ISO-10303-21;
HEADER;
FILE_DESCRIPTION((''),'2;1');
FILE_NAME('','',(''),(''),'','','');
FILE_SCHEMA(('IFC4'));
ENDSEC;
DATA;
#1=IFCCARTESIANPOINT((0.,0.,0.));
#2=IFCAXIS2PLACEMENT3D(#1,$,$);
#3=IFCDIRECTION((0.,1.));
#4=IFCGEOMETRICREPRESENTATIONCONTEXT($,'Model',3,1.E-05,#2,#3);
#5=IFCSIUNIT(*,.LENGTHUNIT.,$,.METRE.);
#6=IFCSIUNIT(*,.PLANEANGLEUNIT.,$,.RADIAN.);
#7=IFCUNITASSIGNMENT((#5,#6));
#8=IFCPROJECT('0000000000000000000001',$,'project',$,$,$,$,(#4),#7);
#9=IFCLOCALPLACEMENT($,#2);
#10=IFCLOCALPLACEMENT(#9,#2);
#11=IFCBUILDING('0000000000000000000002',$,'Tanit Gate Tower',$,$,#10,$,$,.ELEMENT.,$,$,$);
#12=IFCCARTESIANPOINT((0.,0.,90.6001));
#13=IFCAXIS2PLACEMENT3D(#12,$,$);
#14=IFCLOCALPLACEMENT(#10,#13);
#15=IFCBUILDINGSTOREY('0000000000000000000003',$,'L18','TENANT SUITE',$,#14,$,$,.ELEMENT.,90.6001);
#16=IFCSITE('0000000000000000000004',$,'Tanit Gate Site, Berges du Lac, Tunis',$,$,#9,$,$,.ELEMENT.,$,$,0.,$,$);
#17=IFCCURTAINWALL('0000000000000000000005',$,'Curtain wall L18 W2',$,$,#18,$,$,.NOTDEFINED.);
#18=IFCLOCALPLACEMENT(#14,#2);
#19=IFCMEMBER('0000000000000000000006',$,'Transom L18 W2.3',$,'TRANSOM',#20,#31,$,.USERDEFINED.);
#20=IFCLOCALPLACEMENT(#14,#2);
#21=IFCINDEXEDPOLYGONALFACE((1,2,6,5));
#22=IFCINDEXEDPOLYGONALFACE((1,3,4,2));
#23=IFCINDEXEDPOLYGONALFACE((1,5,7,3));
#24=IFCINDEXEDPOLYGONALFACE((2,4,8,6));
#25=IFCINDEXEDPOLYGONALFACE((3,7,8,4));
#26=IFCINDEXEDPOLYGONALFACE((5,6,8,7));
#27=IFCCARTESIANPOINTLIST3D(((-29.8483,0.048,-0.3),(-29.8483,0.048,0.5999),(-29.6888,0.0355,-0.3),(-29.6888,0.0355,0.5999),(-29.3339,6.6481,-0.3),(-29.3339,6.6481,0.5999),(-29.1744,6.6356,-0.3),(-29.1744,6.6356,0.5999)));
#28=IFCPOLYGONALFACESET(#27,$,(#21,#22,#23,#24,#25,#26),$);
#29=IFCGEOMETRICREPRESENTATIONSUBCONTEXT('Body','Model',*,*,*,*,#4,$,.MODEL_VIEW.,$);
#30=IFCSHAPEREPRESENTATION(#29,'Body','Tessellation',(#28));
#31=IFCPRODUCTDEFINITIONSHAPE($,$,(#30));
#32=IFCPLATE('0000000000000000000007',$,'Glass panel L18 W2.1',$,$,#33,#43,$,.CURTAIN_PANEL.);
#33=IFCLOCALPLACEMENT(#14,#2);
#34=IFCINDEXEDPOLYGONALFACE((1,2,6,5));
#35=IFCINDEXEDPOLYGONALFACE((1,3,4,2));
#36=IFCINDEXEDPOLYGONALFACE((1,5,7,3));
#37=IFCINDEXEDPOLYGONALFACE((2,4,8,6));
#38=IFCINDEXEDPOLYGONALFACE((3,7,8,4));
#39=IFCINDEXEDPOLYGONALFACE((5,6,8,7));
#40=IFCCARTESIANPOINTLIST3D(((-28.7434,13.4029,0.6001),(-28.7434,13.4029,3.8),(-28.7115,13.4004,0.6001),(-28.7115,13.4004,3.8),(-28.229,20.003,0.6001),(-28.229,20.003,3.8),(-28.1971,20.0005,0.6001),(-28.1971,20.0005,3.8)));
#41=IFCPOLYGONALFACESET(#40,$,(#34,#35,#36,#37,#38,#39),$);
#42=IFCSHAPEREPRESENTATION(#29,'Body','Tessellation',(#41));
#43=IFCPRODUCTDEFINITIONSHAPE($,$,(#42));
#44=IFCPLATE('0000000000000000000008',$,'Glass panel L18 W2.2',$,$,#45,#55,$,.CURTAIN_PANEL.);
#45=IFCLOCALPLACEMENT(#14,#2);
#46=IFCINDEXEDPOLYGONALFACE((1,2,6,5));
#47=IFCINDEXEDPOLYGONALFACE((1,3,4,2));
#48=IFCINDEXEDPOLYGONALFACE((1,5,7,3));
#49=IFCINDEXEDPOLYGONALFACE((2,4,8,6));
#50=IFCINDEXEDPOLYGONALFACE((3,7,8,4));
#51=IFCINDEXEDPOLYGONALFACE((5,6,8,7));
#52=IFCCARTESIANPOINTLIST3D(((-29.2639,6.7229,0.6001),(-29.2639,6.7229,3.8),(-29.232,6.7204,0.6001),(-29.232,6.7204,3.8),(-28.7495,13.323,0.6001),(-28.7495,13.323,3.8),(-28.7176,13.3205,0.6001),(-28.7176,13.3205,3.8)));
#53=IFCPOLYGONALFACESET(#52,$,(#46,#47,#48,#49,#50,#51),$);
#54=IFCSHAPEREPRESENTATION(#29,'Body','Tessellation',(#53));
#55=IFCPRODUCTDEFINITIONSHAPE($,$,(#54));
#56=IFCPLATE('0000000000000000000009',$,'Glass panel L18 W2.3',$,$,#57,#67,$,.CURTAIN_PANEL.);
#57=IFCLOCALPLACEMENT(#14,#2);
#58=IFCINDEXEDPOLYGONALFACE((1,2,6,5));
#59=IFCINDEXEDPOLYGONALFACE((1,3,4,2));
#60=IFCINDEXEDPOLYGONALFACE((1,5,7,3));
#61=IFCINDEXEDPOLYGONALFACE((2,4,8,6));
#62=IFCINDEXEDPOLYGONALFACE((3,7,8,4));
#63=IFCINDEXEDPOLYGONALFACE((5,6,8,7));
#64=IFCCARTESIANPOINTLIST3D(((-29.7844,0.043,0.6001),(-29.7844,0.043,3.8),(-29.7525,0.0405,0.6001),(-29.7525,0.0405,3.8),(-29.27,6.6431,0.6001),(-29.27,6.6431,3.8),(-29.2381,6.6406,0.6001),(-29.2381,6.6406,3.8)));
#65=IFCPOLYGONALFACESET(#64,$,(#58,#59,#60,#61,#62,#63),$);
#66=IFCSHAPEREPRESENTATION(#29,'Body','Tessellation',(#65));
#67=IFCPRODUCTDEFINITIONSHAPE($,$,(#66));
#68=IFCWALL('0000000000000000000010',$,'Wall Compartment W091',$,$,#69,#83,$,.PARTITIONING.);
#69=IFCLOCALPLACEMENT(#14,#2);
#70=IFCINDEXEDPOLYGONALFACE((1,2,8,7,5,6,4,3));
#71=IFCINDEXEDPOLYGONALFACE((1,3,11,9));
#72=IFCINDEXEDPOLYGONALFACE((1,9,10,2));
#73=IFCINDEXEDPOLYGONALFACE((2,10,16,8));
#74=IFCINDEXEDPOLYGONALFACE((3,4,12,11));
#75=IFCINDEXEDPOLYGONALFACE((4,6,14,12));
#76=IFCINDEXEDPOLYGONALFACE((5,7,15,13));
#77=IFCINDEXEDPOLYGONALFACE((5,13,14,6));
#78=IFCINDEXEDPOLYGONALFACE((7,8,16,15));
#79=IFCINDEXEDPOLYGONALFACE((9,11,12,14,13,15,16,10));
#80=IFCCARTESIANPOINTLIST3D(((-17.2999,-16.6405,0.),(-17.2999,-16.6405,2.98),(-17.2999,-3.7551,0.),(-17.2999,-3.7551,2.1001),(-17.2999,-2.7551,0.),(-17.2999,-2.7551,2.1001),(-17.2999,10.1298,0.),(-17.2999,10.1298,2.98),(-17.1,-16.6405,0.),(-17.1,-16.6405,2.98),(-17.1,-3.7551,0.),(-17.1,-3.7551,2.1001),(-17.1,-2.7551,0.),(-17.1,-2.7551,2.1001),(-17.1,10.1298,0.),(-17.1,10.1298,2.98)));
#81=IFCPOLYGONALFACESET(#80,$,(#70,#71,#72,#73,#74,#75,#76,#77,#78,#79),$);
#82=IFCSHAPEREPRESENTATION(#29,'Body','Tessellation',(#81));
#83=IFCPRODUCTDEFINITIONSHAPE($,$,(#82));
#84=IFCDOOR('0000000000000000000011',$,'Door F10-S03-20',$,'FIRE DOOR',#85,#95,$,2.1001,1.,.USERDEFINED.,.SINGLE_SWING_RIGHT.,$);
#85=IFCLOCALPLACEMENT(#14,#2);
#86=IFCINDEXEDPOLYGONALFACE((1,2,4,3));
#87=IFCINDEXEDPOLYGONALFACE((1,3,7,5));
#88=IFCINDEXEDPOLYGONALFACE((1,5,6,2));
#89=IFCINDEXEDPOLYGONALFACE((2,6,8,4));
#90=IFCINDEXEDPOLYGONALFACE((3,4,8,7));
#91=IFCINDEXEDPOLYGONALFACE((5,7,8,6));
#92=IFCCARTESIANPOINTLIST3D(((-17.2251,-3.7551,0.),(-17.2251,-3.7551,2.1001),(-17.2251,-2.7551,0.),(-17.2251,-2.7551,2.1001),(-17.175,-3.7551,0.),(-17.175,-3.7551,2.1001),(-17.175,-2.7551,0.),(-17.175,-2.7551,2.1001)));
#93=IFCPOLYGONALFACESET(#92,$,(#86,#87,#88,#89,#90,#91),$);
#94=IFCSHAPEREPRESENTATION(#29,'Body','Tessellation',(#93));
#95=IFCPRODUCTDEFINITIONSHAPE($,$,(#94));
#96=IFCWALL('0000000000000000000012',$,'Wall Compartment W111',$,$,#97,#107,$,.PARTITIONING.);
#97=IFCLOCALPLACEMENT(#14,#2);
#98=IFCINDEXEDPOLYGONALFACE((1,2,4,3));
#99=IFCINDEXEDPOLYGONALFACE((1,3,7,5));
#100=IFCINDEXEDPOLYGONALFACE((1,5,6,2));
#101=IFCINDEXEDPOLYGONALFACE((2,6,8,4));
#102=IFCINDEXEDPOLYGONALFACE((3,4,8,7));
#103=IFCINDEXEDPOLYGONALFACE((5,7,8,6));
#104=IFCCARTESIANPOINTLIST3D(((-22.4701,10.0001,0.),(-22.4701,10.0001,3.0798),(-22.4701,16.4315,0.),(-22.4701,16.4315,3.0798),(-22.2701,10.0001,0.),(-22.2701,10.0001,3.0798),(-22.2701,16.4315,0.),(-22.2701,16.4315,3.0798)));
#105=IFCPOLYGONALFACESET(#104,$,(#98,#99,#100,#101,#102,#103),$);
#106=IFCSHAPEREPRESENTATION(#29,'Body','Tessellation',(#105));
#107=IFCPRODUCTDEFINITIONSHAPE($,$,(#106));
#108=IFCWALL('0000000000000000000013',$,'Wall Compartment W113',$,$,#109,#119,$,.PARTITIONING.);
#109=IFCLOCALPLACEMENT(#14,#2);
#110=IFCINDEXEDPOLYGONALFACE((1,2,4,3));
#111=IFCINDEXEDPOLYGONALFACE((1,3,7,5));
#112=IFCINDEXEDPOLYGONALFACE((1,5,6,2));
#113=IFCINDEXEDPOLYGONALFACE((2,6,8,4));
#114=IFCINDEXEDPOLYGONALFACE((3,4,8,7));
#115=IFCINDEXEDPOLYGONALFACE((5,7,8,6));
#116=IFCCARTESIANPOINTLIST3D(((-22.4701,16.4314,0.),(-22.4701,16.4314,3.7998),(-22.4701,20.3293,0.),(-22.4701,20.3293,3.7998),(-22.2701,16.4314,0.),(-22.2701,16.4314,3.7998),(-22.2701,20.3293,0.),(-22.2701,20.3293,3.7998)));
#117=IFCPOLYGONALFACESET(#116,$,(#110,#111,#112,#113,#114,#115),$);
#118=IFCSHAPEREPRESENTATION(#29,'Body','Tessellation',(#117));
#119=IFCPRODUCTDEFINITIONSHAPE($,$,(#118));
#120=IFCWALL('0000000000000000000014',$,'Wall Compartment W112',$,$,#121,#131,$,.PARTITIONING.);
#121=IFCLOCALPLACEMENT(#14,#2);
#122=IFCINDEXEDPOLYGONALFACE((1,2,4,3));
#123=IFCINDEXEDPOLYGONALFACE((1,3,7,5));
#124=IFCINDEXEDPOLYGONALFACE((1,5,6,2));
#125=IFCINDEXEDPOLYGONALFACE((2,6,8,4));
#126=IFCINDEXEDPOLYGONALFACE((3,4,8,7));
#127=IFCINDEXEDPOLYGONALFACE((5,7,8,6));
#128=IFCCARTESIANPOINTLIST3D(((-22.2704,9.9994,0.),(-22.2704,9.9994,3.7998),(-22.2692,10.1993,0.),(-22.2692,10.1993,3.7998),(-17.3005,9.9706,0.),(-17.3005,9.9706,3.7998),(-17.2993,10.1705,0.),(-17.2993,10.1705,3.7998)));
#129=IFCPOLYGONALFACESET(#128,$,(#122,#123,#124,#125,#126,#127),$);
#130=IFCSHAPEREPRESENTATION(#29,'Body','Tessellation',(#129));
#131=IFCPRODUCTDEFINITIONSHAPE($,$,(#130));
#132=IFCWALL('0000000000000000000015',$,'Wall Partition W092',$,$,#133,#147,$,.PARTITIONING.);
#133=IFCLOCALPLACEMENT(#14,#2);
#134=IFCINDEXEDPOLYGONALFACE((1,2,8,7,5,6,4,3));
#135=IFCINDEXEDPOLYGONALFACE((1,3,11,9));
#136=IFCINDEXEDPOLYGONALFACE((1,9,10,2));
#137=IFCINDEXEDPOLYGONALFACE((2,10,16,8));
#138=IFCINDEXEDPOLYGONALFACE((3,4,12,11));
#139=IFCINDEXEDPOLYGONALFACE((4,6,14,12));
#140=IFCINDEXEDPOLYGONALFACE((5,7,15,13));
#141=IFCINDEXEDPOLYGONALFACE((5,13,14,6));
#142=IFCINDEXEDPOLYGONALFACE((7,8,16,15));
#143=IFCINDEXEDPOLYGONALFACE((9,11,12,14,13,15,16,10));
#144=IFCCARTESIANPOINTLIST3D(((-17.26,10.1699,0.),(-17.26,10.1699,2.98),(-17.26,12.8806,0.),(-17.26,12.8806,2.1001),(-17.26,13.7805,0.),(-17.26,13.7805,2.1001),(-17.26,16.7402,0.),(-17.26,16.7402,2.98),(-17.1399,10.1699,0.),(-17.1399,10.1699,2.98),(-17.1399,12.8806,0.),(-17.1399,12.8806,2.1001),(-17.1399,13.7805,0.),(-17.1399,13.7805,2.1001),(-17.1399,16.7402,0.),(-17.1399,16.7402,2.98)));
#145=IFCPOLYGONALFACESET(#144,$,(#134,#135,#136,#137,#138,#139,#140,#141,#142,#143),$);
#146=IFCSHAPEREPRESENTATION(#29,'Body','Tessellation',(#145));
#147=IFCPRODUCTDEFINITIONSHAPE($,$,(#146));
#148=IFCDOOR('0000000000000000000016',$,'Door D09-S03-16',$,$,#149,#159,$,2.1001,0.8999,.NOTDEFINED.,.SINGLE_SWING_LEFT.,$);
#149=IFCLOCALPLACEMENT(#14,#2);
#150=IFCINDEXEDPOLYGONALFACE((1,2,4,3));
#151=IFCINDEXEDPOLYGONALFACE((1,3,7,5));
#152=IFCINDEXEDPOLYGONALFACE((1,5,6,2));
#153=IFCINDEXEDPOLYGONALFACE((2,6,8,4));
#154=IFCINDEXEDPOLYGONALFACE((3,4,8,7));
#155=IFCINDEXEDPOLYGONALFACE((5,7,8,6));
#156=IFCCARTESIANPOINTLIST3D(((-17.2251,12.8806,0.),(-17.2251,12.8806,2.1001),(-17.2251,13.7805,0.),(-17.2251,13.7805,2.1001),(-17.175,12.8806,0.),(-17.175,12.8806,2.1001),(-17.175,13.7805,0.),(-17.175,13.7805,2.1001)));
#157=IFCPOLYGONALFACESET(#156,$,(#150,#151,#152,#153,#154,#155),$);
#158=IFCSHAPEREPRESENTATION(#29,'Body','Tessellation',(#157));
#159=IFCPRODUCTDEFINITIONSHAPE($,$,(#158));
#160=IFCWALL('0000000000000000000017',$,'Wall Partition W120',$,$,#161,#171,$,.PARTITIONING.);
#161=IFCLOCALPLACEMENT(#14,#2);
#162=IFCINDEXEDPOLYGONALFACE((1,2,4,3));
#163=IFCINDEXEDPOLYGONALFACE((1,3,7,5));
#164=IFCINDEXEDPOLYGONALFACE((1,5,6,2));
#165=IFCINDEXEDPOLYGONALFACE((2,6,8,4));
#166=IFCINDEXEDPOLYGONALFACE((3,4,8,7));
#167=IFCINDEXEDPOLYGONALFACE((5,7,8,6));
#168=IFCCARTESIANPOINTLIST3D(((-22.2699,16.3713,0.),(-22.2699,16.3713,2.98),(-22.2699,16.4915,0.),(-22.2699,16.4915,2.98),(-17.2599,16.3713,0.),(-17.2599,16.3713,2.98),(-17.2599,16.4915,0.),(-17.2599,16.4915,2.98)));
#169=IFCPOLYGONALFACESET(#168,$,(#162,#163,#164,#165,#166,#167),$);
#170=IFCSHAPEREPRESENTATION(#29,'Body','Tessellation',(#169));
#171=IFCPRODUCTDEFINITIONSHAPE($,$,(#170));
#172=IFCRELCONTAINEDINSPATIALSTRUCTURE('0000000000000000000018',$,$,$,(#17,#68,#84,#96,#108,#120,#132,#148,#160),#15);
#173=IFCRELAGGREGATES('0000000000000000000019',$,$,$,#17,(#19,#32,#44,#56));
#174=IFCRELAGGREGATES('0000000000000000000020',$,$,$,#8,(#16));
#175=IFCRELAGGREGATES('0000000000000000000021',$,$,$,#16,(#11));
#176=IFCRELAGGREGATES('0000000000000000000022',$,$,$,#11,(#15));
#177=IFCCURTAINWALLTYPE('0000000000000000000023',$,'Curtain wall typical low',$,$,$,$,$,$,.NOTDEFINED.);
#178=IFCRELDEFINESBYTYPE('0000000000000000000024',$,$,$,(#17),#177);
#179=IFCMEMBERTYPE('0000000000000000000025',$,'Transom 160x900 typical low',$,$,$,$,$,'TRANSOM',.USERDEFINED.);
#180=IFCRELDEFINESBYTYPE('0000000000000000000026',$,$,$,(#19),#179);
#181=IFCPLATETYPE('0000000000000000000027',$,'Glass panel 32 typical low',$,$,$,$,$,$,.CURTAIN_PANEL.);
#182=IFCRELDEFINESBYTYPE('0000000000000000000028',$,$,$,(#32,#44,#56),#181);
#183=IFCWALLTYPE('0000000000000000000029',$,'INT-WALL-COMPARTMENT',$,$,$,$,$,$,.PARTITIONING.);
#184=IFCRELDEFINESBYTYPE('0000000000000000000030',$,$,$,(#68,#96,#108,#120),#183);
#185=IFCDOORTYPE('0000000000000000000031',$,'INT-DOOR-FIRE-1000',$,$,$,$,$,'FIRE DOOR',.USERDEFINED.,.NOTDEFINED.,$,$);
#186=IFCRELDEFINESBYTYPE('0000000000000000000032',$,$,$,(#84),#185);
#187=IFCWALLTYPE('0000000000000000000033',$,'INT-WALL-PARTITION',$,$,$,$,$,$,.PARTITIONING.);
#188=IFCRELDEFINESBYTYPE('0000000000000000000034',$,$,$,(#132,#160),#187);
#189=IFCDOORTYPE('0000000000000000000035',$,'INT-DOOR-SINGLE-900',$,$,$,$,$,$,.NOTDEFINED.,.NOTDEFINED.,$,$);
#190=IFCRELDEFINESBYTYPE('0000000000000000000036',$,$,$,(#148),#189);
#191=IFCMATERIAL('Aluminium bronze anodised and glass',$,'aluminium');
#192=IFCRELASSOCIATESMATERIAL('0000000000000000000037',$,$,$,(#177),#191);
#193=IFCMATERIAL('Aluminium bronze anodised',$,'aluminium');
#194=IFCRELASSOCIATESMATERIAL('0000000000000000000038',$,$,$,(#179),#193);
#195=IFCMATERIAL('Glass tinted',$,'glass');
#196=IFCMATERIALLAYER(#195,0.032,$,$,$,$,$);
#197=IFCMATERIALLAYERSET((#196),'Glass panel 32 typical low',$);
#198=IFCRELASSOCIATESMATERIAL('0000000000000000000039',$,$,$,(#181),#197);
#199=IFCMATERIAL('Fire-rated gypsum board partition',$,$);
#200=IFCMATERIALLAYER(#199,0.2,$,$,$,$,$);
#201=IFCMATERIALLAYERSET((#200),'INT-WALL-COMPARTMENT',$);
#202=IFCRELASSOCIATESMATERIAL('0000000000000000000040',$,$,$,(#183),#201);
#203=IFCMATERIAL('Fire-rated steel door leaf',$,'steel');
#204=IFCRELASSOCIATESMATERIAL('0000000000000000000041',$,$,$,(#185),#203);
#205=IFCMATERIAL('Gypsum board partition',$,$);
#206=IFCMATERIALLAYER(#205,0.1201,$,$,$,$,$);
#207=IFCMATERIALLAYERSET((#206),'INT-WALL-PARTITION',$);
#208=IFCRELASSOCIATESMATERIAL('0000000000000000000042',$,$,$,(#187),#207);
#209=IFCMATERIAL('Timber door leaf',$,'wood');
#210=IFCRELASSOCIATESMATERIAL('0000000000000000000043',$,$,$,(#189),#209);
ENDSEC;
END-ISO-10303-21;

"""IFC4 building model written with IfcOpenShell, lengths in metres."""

from ifc_helpers import new_model, si_unit, direction, frame, frame_2d, origin, origin_2d, place, context, subcontext, project, spatial, rectangle, extrude, material, layer, layer_set, material_profile, profile_set, type_object, element, fill, aggregate, save


model = new_model("IFC4")

# Units and contexts
model_context = context("Model", 3, precision=1e-05, world=origin(), true_north=direction((0.0, 1.0)))
body_context = subcontext(model_context, "Body", "Model", "MODEL_VIEW")
ifc_project = project(units=[si_unit("LENGTHUNIT", "METRE"), si_unit("PLANEANGLEUNIT", "RADIAN")], contexts=[model_context])

# Site, building, storey
site_placement = place(None, origin())
site = spatial("IfcSite", under=ifc_project, at=site_placement, Name="Tanit Gate Site, Berges du Lac, Tunis", CompositionType="ELEMENT", RefElevation=0.0)
building_placement = place(site_placement, origin())
building = spatial("IfcBuilding", under=site, at=building_placement, Name="Tanit Gate Tower", CompositionType="ELEMENT")
storey_placement = place(building_placement, frame((0.0, 0.0, 90.6001)))
storey = spatial("IfcBuildingStorey", under=building, at=storey_placement, Name="L18", Description="TENANT SUITE", CompositionType="ELEMENT", Elevation=90.6001)

# Curtain wall
ifc_material_1 = material(Name="Aluminium bronze anodised and glass", Category="aluminium")
curtain_wall_type = type_object("IfcCurtainWallType", Name="Curtain wall typical low", PredefinedType="NOTDEFINED", material=ifc_material_1)
curtain_wall_placement = place(storey_placement, origin())
curtain_wall = element("IfcCurtainWall", 1, at=curtain_wall_placement, inside=storey, type_object=curtain_wall_type, Name="Curtain wall L18 W2", PredefinedType="NOTDEFINED")

# Member
ifc_material_2 = material(Name="Aluminium bronze anodised", Category="aluminium")
ifc_material_profile_1 = material_profile(ifc_material_2, rectangle(XDim=0.1599, YDim=0.8999, at=origin_2d()), Name="160x900 bronze transom")
ifc_profile_set_1 = profile_set([ifc_material_profile_1], Name="Aluminium bronze anodised")
member_type_1 = type_object("IfcMemberType", Name="Transom 160x900 typical low", ElementType="TRANSOM", PredefinedType="USERDEFINED", material=ifc_profile_set_1)
member_1_placement = place(storey_placement, frame((-29.2542, 6.6418, 0.1499), z_axis=(-0.077703, -0.996977, 0.0), x_axis=(0.996977, -0.077703, 0.0)))
member_1 = element("IfcMember", 2, at=member_1_placement, type_object=member_type_1, Name="Transom L18 W2.3", ObjectType="TRANSOM", PredefinedType="USERDEFINED", context=body_context, shape_type="SweptSolid", body=[
    extrude(rectangle(XDim=0.1599, YDim=0.8999, at=origin_2d()), origin(), (0.0, 0.0, 1.0), 6.6201),
])

# Plates
ifc_material_3 = material(Name="Glass tinted", Category="glass")
ifc_layer_1 = layer(ifc_material_3, 0.032)
ifc_layer_set_1 = layer_set([ifc_layer_1], Name="Glass panel 32 typical low")
plate_type = type_object("IfcPlateType", Name="Glass panel 32 typical low", PredefinedType="CURTAIN_PANEL", material=ifc_layer_set_1)
plate_1_placement = place(storey_placement, frame((-28.4702, 16.7017, 0.6001), z_axis=(0.0, 0.0, 1.0), x_axis=(-0.077701, -0.996977, 0.0)))
plate_1 = element("IfcPlate", 3, at=plate_1_placement, type_object=plate_type, Name="Glass panel L18 W2.1", PredefinedType="CURTAIN_PANEL", context=body_context, shape_type="SweptSolid", body=[
    extrude(rectangle(XDim=6.6201, YDim=0.032, at=origin_2d()), origin(), (0.0, 0.0, 1.0), 3.2),
])
plate_2_placement = place(storey_placement, frame((-28.9907, 10.0217, 0.6001), z_axis=(0.0, 0.0, 1.0), x_axis=(-0.077701, -0.996977, 0.0)))
plate_2 = element("IfcPlate", 4, at=plate_2_placement, type_object=plate_type, Name="Glass panel L18 W2.2", PredefinedType="CURTAIN_PANEL", context=body_context, shape_type="SweptSolid", body=[
    extrude(rectangle(XDim=6.6201, YDim=0.032, at=origin_2d()), origin(), (0.0, 0.0, 1.0), 3.2),
])
plate_3_placement = place(storey_placement, frame((-29.5112, 3.3418, 0.6001), z_axis=(0.0, 0.0, 1.0), x_axis=(-0.077701, -0.996977, 0.0)))
plate_3 = element("IfcPlate", 5, at=plate_3_placement, type_object=plate_type, Name="Glass panel L18 W2.3", PredefinedType="CURTAIN_PANEL", context=body_context, shape_type="SweptSolid", body=[
    extrude(rectangle(XDim=6.6201, YDim=0.032, at=origin_2d()), origin(), (0.0, 0.0, 1.0), 3.2),
])
aggregate(curtain_wall, [member_1, plate_1, plate_2, plate_3])

# Wall, opening, door
ifc_material_4 = material(Name="Fire-rated gypsum board partition")
ifc_layer_2 = layer(ifc_material_4, 0.2)
ifc_layer_set_2 = layer_set([ifc_layer_2], Name="INT-WALL-COMPARTMENT")
wall_type_1 = type_object("IfcWallType", Name="INT-WALL-COMPARTMENT", PredefinedType="PARTITIONING", material=ifc_layer_set_2)
wall_1_placement = place(storey_placement, frame((-17.2, 10.1299, 0.0), z_axis=(0.0, 0.0, 1.0), x_axis=(0.0, -1.0, 0.0)))
wall_1 = element("IfcWall", 6, at=wall_1_placement, inside=storey, type_object=wall_type_1, Name="Wall Compartment W091", PredefinedType="PARTITIONING", context=body_context, shape_type="SweptSolid", body=[
    extrude(rectangle(XDim=26.7703, YDim=0.2, at=frame_2d((13.3853, 0.0))), origin(), (0.0, 0.0, 1.0), 2.98),
])
opening_1_placement = place(wall_1_placement, frame((12.885, 0.0, 0.0)))
opening_1 = element("IfcOpeningElement", 7, at=opening_1_placement, cuts=wall_1, PredefinedType="OPENING", context=body_context, shape_type="SweptSolid", body=[
    extrude(rectangle(XDim=1.0, YDim=2.1001, at=frame_2d((0.5, 1.05))), frame((0.0, 0.1099, 0.0), z_axis=(0.0, -1.0, 0.0), x_axis=(1.0, 0.0, 0.0)), (0.0, 0.0, 1.0), 0.22),
])
ifc_material_5 = material(Name="Fire-rated steel door leaf", Category="steel")
door_type_1 = type_object("IfcDoorType", Name="INT-DOOR-FIRE-1000", ElementType="FIRE DOOR", OperationType="NOTDEFINED", PredefinedType="USERDEFINED", material=ifc_material_5)
door_1_placement = place(opening_1_placement, origin())
door_1 = element("IfcDoor", 8, at=door_1_placement, inside=storey, type_object=door_type_1, Name="Door F10-S03-20", ObjectType="FIRE DOOR", OperationType="SINGLE_SWING_RIGHT", OverallHeight=2.1001, OverallWidth=1.0, PredefinedType="USERDEFINED", context=body_context, shape_type="SweptSolid", body=[
    extrude(rectangle(XDim=1.0, YDim=2.1001, at=frame_2d((0.5, 1.05))), frame((0.0, 0.0249, 0.0), z_axis=(0.0, -1.0, 0.0), x_axis=(1.0, 0.0, 0.0)), (0.0, 0.0, 1.0), 0.05),
])
fill(opening_1, door_1)

# Walls
wall_2_placement = place(storey_placement, frame((-22.3701, 10.0, 0.0), z_axis=(0.0, 0.0, 1.0), x_axis=(0.0, 1.0, 0.0)))
element("IfcWall", 9, at=wall_2_placement, inside=storey, type_object=wall_type_1, Name="Wall Compartment W111", PredefinedType="PARTITIONING", context=body_context, shape_type="SweptSolid", body=[
    extrude(rectangle(XDim=6.4314, YDim=0.2, at=frame_2d((3.2158, 0.0))), origin(), (0.0, 0.0, 1.0), 3.0798),
])
wall_3_placement = place(storey_placement, frame((-22.3701, 16.4314, 0.0), z_axis=(0.0, 0.0, 1.0), x_axis=(0.0, 1.0, 0.0)))
element("IfcWall", 10, at=wall_3_placement, inside=storey, type_object=wall_type_1, Name="Wall Compartment W113", PredefinedType="PARTITIONING", context=body_context, shape_type="SweptSolid", body=[
    extrude(rectangle(XDim=3.8979, YDim=0.2, at=frame_2d((1.949, 0.0))), origin(), (0.0, 0.0, 1.0), 3.7998),
])
wall_4_placement = place(storey_placement, frame((-17.3, 10.0706, 0.0), z_axis=(0.0, 0.0, 1.0), x_axis=(-0.999983, 0.005796, 0.0)))
element("IfcWall", 11, at=wall_4_placement, inside=storey, type_object=wall_type_1, Name="Wall Compartment W112", PredefinedType="PARTITIONING", context=body_context, shape_type="SweptSolid", body=[
    extrude(rectangle(XDim=4.97, YDim=0.2, at=frame_2d((2.4849, 0.0))), origin(), (0.0, 0.0, 1.0), 3.7998),
])

# Wall, opening, door
ifc_material_6 = material(Name="Gypsum board partition")
ifc_layer_3 = layer(ifc_material_6, 0.1201)
ifc_layer_set_3 = layer_set([ifc_layer_3], Name="INT-WALL-PARTITION")
wall_type_2 = type_object("IfcWallType", Name="INT-WALL-PARTITION", PredefinedType="PARTITIONING", material=ifc_layer_set_3)
wall_5_placement = place(storey_placement, frame((-17.2, 16.7402, 0.0), z_axis=(0.0, 0.0, 1.0), x_axis=(0.0, -1.0, 0.0)))
wall_5 = element("IfcWall", 12, at=wall_5_placement, inside=storey, type_object=wall_type_2, Name="Wall Partition W092", PredefinedType="PARTITIONING", context=body_context, shape_type="SweptSolid", body=[
    extrude(rectangle(XDim=6.5703, YDim=0.1201, at=frame_2d((3.2852, 0.0))), origin(), (0.0, 0.0, 1.0), 2.98),
])
opening_2_placement = place(wall_5_placement, frame((2.9597, 0.0, 0.0)))
opening_2 = element("IfcOpeningElement", 13, at=opening_2_placement, cuts=wall_5, PredefinedType="OPENING", context=body_context, shape_type="SweptSolid", body=[
    extrude(rectangle(XDim=0.8999, YDim=2.1001, at=frame_2d((0.45, 1.05))), frame((0.0, 0.0701, 0.0), z_axis=(0.0, -1.0, 0.0), x_axis=(1.0, 0.0, 0.0)), (0.0, 0.0, 1.0), 0.1401),
])
ifc_material_7 = material(Name="Timber door leaf", Category="wood")
door_type_2 = type_object("IfcDoorType", Name="INT-DOOR-SINGLE-900", OperationType="NOTDEFINED", PredefinedType="NOTDEFINED", material=ifc_material_7)
door_2_placement = place(opening_2_placement, origin())
door_2 = element("IfcDoor", 14, at=door_2_placement, inside=storey, type_object=door_type_2, Name="Door D09-S03-16", OperationType="SINGLE_SWING_LEFT", OverallHeight=2.1001, OverallWidth=0.8999, PredefinedType="NOTDEFINED", context=body_context, shape_type="SweptSolid", body=[
    extrude(rectangle(XDim=0.8999, YDim=2.1001, at=frame_2d((0.45, 1.05))), frame((0.0, 0.0249, 0.0), z_axis=(0.0, -1.0, 0.0), x_axis=(1.0, 0.0, 0.0)), (0.0, 0.0, 1.0), 0.05),
])
fill(opening_2, door_2)

# Wall
wall_6_placement = place(storey_placement, frame((-17.26, 16.4314, 0.0), z_axis=(0.0, 0.0, 1.0), x_axis=(-1.0, 0.0, 0.0)))
element("IfcWall", 15, at=wall_6_placement, inside=storey, type_object=wall_type_2, Name="Wall Partition W120", PredefinedType="PARTITIONING", context=body_context, shape_type="SweptSolid", body=[
    extrude(rectangle(XDim=5.01, YDim=0.1201, at=frame_2d((2.5049, 0.0))), origin(), (0.0, 0.0, 1.0), 2.98),
])

save(model, "model.ifc")
